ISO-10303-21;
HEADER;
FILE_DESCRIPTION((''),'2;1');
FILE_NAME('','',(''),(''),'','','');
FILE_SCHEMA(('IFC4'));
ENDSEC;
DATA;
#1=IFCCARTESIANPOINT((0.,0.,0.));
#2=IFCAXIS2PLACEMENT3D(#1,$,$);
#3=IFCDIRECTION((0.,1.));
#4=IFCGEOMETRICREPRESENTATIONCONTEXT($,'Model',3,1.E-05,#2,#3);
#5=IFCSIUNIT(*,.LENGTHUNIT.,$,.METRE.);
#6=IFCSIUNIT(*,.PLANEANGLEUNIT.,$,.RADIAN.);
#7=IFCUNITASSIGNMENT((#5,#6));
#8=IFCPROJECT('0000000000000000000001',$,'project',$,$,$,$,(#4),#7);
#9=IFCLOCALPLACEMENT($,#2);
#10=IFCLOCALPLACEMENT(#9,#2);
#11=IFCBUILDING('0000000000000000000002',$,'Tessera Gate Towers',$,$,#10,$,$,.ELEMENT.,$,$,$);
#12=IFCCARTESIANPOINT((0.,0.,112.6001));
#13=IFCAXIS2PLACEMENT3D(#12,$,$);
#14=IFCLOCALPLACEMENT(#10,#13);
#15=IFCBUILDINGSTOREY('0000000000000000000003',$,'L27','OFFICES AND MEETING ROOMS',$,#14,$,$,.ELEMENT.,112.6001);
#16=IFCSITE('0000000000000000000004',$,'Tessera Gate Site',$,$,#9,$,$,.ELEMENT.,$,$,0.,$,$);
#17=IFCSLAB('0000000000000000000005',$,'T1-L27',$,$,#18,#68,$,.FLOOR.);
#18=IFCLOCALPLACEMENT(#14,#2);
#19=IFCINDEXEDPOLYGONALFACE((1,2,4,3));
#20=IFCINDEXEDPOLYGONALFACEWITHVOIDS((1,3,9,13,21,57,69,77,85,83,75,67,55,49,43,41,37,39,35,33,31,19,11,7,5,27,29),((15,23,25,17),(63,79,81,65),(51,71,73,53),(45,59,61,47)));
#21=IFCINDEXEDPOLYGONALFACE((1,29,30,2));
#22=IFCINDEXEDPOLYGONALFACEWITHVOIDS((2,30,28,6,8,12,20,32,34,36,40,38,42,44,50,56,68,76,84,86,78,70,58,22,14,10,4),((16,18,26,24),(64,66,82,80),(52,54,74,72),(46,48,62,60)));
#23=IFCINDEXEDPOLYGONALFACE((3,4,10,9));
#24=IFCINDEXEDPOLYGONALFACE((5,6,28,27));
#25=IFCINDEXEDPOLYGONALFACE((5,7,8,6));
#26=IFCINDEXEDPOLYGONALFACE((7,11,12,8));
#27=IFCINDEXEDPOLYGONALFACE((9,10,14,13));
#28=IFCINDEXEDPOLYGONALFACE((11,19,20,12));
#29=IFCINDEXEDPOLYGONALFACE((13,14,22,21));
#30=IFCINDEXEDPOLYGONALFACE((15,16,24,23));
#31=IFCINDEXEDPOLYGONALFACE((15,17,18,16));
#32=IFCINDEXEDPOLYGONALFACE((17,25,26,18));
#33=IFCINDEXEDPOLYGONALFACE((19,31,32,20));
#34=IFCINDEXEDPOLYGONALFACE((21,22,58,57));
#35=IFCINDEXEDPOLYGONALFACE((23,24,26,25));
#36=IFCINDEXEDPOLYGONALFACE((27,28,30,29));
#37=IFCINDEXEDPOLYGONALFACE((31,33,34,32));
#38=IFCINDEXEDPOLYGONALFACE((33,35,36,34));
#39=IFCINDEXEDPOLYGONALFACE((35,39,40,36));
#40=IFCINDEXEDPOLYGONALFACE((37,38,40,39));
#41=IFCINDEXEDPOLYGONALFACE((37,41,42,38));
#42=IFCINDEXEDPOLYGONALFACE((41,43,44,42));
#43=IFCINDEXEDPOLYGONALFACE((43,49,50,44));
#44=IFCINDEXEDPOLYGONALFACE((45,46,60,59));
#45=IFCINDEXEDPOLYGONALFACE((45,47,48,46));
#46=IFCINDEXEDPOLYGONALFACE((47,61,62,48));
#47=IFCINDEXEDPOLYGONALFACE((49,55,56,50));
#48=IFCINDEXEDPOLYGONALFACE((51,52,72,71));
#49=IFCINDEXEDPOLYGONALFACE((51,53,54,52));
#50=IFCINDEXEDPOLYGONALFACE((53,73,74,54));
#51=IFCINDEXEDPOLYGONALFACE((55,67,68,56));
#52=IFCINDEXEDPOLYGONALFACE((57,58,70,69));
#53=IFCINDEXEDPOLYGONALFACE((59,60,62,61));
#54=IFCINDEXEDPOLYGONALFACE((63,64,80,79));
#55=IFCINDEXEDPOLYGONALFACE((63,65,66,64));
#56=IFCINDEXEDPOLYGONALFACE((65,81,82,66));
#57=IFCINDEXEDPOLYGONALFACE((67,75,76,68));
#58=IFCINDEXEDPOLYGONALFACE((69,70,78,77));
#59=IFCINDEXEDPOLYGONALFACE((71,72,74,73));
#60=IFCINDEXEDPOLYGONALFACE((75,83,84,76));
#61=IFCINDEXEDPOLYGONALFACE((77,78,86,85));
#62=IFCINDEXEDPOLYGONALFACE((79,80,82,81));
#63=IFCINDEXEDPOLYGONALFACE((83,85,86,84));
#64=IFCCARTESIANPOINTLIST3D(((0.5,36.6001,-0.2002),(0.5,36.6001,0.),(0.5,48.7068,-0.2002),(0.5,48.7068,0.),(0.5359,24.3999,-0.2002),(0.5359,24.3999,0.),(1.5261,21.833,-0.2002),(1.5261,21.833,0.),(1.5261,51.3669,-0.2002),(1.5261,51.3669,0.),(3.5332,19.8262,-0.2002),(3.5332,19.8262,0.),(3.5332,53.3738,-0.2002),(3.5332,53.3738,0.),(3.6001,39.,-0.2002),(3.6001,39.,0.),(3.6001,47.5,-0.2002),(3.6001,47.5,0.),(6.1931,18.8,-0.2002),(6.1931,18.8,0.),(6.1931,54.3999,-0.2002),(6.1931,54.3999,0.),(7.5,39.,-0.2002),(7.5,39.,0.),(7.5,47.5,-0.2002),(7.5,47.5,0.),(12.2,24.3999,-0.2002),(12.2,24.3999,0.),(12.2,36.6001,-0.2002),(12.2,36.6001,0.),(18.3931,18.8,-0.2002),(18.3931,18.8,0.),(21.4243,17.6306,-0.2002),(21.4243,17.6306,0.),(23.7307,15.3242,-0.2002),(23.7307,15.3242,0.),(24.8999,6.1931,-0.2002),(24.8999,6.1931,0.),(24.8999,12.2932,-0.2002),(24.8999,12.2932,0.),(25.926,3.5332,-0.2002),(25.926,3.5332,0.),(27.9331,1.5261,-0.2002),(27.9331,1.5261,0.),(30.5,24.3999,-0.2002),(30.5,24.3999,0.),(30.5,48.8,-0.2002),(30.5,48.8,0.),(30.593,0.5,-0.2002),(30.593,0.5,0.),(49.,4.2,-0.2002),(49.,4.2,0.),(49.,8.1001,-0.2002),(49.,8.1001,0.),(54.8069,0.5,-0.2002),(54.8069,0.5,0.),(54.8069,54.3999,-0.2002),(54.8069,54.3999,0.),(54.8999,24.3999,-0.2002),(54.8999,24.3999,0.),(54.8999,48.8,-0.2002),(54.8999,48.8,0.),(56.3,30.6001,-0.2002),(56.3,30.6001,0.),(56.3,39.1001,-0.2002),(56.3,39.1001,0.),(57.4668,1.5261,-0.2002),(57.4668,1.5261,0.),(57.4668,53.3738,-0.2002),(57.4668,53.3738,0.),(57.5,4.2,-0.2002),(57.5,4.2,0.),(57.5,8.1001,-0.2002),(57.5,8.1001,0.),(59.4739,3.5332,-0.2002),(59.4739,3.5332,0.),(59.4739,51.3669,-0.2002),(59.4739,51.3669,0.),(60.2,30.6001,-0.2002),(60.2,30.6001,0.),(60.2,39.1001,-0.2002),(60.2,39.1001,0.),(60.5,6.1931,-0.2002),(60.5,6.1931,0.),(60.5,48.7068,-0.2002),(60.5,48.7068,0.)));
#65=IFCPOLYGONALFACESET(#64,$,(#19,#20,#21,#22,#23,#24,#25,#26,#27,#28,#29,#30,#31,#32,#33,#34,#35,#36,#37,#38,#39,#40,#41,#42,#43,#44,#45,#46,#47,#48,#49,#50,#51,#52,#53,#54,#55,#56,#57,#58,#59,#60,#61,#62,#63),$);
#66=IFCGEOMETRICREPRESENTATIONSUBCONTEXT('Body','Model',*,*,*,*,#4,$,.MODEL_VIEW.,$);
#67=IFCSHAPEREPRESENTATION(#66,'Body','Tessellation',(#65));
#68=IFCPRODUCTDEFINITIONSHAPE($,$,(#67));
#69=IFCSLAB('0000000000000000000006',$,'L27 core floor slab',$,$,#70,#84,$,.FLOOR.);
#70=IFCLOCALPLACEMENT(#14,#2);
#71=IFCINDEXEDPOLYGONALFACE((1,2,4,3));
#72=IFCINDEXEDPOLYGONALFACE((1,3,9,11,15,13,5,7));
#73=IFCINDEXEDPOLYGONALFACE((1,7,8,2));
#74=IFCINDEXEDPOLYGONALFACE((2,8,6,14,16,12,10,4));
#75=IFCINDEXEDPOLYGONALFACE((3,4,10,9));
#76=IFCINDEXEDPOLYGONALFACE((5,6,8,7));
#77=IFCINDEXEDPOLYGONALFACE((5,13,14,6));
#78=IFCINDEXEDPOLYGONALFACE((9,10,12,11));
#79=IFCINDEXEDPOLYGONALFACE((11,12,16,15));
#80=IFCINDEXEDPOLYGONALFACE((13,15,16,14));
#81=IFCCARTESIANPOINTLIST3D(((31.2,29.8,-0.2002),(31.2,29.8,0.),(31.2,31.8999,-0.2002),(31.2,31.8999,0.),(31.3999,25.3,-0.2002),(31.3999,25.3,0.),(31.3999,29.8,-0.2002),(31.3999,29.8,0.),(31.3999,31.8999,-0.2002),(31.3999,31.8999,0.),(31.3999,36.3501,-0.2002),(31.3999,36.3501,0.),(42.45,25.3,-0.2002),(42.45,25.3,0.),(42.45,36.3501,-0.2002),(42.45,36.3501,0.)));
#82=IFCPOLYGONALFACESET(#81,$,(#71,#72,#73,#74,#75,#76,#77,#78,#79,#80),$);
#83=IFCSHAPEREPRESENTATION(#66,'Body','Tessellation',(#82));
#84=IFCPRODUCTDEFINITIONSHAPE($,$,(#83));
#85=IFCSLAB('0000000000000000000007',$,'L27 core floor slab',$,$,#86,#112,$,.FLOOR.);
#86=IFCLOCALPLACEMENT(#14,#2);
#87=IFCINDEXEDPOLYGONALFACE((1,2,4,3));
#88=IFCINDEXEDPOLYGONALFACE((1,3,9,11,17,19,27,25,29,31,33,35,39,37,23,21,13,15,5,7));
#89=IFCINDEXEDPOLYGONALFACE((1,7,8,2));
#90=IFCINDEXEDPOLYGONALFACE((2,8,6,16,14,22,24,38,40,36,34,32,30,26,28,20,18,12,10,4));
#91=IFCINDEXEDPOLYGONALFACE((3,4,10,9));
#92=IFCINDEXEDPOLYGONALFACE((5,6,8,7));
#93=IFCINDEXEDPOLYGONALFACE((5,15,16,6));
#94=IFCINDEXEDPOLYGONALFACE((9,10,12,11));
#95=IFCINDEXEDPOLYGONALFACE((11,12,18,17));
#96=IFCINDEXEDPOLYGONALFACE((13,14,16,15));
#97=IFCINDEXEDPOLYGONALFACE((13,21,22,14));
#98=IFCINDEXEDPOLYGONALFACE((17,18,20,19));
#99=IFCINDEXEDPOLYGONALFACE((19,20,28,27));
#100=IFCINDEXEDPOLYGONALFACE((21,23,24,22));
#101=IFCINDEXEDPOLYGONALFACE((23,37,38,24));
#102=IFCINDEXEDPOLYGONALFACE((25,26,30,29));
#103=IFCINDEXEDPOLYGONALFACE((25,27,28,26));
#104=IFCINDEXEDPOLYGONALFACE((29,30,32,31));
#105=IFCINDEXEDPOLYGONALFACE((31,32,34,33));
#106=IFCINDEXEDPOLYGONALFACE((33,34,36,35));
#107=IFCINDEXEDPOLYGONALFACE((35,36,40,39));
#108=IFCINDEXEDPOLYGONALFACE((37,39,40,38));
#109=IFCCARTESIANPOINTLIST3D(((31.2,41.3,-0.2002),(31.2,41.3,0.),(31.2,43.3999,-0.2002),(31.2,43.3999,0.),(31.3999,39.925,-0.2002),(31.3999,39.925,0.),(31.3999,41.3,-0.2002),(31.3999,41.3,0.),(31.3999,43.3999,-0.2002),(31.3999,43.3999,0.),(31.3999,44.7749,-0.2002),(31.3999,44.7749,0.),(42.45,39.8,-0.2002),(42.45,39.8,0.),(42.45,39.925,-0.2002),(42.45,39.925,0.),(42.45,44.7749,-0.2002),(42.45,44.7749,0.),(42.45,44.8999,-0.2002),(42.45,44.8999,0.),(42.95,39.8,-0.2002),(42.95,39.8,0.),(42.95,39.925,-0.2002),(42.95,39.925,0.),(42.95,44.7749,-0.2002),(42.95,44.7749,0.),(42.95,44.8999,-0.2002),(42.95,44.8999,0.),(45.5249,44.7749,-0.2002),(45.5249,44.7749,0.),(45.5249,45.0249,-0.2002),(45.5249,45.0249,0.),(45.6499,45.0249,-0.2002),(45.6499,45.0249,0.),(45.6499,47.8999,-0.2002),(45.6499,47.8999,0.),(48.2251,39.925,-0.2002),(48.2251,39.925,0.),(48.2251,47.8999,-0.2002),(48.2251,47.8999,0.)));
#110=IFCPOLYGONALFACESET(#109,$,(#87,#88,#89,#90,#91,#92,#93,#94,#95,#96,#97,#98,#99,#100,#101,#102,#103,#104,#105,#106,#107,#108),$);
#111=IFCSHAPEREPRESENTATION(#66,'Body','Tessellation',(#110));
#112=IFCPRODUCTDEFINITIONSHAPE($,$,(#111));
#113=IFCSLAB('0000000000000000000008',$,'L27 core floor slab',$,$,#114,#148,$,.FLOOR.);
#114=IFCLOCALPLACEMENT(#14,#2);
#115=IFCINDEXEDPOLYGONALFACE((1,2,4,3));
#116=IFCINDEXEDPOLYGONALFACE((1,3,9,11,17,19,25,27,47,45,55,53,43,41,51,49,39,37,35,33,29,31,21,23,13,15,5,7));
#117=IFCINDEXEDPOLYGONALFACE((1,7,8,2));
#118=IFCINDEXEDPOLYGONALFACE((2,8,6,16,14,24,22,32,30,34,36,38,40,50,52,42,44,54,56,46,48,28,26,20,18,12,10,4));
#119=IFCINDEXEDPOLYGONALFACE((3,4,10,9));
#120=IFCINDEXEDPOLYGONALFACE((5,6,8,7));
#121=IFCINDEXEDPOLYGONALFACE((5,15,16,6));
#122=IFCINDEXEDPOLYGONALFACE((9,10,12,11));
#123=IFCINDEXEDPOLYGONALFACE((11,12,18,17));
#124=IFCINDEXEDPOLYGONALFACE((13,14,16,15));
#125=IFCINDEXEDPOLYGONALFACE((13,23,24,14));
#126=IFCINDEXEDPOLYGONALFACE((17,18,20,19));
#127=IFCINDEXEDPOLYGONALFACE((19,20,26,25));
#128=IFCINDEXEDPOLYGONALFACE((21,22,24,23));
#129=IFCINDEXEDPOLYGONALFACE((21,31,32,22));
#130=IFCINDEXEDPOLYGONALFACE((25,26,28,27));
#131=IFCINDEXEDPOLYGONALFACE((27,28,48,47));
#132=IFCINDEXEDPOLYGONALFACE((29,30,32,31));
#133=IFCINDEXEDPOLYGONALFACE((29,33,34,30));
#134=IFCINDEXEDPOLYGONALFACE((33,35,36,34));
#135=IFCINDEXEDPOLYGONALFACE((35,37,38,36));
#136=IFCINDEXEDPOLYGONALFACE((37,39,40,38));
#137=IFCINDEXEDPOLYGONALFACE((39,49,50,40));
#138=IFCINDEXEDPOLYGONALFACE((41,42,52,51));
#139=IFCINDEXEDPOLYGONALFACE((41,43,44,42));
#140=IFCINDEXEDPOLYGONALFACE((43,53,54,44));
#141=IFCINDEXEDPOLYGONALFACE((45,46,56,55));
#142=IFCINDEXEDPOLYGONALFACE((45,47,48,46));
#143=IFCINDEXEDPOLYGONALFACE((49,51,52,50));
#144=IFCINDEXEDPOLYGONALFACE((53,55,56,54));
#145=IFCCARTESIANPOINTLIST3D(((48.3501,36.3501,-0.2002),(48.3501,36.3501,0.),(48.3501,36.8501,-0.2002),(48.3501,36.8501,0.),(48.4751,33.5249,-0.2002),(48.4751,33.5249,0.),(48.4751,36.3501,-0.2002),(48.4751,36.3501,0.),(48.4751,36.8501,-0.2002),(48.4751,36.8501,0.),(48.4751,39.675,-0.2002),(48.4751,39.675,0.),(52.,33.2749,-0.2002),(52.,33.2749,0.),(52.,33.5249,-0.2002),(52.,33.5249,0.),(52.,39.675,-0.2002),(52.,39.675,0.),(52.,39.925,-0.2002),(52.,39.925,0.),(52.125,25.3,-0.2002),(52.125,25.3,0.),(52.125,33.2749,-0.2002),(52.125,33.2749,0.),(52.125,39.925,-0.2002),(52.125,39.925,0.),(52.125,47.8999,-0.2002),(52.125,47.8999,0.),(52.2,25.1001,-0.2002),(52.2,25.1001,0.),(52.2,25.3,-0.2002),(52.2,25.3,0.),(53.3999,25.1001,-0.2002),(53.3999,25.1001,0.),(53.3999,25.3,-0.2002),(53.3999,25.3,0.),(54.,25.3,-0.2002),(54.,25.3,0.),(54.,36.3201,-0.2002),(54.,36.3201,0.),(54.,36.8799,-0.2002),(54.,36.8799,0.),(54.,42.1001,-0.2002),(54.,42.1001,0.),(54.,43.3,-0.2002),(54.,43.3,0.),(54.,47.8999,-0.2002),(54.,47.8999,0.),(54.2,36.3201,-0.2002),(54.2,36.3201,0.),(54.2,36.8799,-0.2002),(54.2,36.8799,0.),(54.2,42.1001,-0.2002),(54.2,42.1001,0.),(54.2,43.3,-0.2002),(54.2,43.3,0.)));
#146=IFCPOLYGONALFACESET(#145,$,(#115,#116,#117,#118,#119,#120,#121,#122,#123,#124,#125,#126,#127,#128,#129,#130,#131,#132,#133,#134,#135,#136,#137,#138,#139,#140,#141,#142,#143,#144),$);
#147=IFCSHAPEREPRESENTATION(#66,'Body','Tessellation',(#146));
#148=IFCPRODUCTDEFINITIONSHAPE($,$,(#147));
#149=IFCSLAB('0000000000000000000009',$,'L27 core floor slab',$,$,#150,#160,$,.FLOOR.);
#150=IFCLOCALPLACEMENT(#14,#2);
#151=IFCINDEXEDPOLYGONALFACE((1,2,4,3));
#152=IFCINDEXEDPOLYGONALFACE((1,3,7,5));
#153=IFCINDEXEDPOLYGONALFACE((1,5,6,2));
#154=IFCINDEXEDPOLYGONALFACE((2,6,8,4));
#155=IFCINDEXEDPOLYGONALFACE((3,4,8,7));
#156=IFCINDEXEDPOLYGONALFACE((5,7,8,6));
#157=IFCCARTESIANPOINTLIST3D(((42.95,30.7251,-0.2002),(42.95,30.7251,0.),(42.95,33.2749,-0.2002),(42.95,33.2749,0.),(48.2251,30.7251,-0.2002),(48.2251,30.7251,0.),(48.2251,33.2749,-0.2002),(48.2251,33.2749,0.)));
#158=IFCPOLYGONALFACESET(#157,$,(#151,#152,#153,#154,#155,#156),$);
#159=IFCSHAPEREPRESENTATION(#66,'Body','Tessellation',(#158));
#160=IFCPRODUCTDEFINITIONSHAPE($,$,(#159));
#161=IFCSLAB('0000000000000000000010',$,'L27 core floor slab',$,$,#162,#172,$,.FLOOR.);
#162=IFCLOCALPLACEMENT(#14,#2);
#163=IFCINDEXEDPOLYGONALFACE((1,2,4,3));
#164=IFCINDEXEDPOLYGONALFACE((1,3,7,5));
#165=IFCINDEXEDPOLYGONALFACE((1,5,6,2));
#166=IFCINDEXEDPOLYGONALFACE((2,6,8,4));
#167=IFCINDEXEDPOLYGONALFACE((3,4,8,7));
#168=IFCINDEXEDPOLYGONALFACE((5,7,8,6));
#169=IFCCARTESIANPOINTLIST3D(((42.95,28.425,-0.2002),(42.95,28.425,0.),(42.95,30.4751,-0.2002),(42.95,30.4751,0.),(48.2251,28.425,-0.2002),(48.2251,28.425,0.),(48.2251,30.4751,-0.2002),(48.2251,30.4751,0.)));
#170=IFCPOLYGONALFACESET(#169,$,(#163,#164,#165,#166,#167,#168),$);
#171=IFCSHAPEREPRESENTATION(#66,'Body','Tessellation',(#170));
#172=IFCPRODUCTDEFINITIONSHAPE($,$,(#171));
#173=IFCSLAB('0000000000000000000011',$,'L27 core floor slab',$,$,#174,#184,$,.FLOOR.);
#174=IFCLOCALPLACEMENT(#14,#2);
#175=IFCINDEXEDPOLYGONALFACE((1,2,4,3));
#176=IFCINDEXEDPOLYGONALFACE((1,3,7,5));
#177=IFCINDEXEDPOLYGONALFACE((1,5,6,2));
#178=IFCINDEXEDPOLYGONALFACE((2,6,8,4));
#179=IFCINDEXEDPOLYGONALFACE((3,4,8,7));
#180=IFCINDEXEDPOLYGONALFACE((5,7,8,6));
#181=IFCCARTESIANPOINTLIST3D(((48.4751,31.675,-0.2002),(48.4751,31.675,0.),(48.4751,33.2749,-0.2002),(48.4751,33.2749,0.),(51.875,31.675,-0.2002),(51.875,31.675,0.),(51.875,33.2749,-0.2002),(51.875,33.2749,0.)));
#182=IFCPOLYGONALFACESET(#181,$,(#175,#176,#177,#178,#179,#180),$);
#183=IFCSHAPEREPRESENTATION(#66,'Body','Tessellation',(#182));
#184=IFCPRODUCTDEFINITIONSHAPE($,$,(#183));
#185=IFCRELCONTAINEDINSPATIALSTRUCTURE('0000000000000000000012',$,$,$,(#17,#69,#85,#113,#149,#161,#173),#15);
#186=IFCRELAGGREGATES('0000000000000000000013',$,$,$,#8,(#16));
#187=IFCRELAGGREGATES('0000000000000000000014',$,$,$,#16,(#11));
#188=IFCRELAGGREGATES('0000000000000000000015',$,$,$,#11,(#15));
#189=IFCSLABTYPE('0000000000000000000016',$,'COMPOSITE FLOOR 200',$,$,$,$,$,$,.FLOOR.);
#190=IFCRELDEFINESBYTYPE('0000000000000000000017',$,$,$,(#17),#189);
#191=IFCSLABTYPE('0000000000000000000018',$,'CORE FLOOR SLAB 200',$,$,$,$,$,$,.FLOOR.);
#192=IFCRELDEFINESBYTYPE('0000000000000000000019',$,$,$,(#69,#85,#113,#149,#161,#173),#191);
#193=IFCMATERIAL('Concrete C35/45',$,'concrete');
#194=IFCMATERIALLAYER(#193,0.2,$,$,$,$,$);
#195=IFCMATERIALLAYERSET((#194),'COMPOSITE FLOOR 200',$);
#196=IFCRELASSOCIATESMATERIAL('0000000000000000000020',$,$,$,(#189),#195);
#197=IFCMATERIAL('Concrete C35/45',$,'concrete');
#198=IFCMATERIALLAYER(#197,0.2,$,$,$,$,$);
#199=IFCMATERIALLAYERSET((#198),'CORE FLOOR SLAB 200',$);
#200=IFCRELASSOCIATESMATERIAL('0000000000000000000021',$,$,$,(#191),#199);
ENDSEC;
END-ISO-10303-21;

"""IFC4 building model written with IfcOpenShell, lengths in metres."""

from ifc_helpers import new_model, si_unit, direction, frame, origin, place, context, subcontext, project, spatial, polyline, outline, extrude, material, layer, layer_set, type_object, element, save


model = new_model("IFC4")

# Units and contexts
model_context = context("Model", 3, precision=1e-05, world=origin(), true_north=direction((0.0, 1.0)))
body_context = subcontext(model_context, "Body", "Model", "MODEL_VIEW")
ifc_project = project(units=[si_unit("LENGTHUNIT", "METRE"), si_unit("PLANEANGLEUNIT", "RADIAN")], contexts=[model_context])

# Site, building, storey
site_placement = place(None, origin())
site = spatial("IfcSite", under=ifc_project, at=site_placement, Name="Tessera Gate Site", CompositionType="ELEMENT", RefElevation=0.0)
building_placement = place(site_placement, origin())
building = spatial("IfcBuilding", under=site, at=building_placement, Name="Tessera Gate Towers", CompositionType="ELEMENT")
storey_placement = place(building_placement, frame((0.0, 0.0, 112.6001)))
storey = spatial("IfcBuildingStorey", under=building, at=storey_placement, Name="L27", Description="OFFICES AND MEETING ROOMS", CompositionType="ELEMENT", Elevation=112.6001)

# Slabs
ifc_material_1 = material(Name="Concrete C35/45", Category="concrete")
ifc_layer_1 = layer(ifc_material_1, 0.2)
ifc_layer_set_1 = layer_set([ifc_layer_1], Name="COMPOSITE FLOOR 200")
slab_type_1 = type_object("IfcSlabType", Name="COMPOSITE FLOOR 200", PredefinedType="FLOOR", material=ifc_layer_set_1)
slab_1_placement = place(storey_placement, frame((0.0, 0.0, -0.2002)))
element("IfcSlab", 1, at=slab_1_placement, inside=storey, type_object=slab_type_1, Name="T1-L27", PredefinedType="FLOOR", context=body_context, shape_type="SweptSolid", body=[
    extrude(outline(polyline([(0.5, 36.6001), (12.2, 36.6001), (12.2, 24.3999), (0.5359, 24.3999), (1.5261, 21.833), (3.5332, 19.8262), (6.1931, 18.8), (18.3931, 18.8), (21.4243, 17.6306), (23.7307, 15.3242), (24.8999, 12.2932), (24.8999, 6.1931), (25.926, 3.5332), (27.9331, 1.5261), (30.593, 0.5), (54.8069, 0.5), (57.4668, 1.5261), (59.4739, 3.5332), (60.5, 6.1931), (60.5, 48.7068), (59.4739, 51.3669), (57.4668, 53.3738), (54.8069, 54.3999), (6.1931, 54.3999), (3.5332, 53.3738), (1.5261, 51.3669), (0.5, 48.7068), (0.5, 36.6001)]), holes=[polyline([(3.6001, 39.0), (3.6001, 47.5), (7.5, 47.5), (7.5, 39.0), (3.6001, 39.0)]), polyline([(30.5, 24.3999), (30.5, 48.8), (54.8999, 48.8), (54.8999, 24.3999), (30.5, 24.3999)]), polyline([(49.0, 4.2), (49.0, 8.1001), (57.5, 8.1001), (57.5, 4.2), (49.0, 4.2)]), polyline([(56.3, 30.6001), (56.3, 39.1001), (60.2, 39.1001), (60.2, 30.6001), (56.3, 30.6001)])]), origin(), (0.0, 0.0, 1.0), 0.2002),
])
ifc_material_2 = material(Name="Concrete C35/45", Category="concrete")
ifc_layer_2 = layer(ifc_material_2, 0.2)
ifc_layer_set_2 = layer_set([ifc_layer_2], Name="CORE FLOOR SLAB 200")
slab_type_2 = type_object("IfcSlabType", Name="CORE FLOOR SLAB 200", PredefinedType="FLOOR", material=ifc_layer_set_2)
slab_2_placement = place(storey_placement, frame((0.0, 0.0, -0.2002)))
element("IfcSlab", 2, at=slab_2_placement, inside=storey, type_object=slab_type_2, Name="L27 core floor slab", PredefinedType="FLOOR", context=body_context, shape_type="SweptSolid", body=[
    extrude(outline(polyline([(31.3999, 36.3501), (31.3999, 31.8999), (31.2, 31.8999), (31.2, 29.8), (31.3999, 29.8), (31.3999, 25.3), (42.45, 25.3), (42.45, 36.3501), (31.3999, 36.3501)])), origin(), (0.0, 0.0, 1.0), 0.2002),
])
slab_3_placement = place(storey_placement, frame((0.0, 0.0, -0.2002)))
element("IfcSlab", 3, at=slab_3_placement, inside=storey, type_object=slab_type_2, Name="L27 core floor slab", PredefinedType="FLOOR", context=body_context, shape_type="SweptSolid", body=[
    extrude(outline(polyline([(42.45, 44.8999), (42.45, 44.7749), (31.3999, 44.7749), (31.3999, 43.3999), (31.2, 43.3999), (31.2, 41.3), (31.3999, 41.3), (31.3999, 39.925), (42.45, 39.925), (42.45, 39.8), (42.95, 39.8), (42.95, 39.925), (48.2251, 39.925), (48.2251, 47.8999), (45.6499, 47.8999), (45.6499, 45.0249), (45.5249, 45.0249), (45.5249, 44.7749), (42.95, 44.7749), (42.95, 44.8999), (42.45, 44.8999)])), origin(), (0.0, 0.0, 1.0), 0.2002),
])
slab_4_placement = place(storey_placement, frame((0.0, 0.0, -0.2002)))
element("IfcSlab", 4, at=slab_4_placement, inside=storey, type_object=slab_type_2, Name="L27 core floor slab", PredefinedType="FLOOR", context=body_context, shape_type="SweptSolid", body=[
    extrude(outline(polyline([(48.3501, 36.8501), (48.3501, 36.3501), (48.4751, 36.3501), (48.4751, 33.5249), (52.0, 33.5249), (52.0, 33.2749), (52.125, 33.2749), (52.125, 25.3), (52.2, 25.3), (52.2, 25.1001), (53.3999, 25.1001), (53.3999, 25.3), (54.0, 25.3), (54.0, 36.3201), (54.2, 36.3201), (54.2, 36.8799), (54.0, 36.8799), (54.0, 42.1001), (54.2, 42.1001), (54.2, 43.3), (54.0, 43.3), (54.0, 47.8999), (52.125, 47.8999), (52.125, 39.925), (52.0, 39.925), (52.0, 39.675), (48.4751, 39.675), (48.4751, 36.8501), (48.3501, 36.8501)])), origin(), (0.0, 0.0, 1.0), 0.2002),
])
slab_5_placement = place(storey_placement, frame((0.0, 0.0, -0.2002)))
element("IfcSlab", 5, at=slab_5_placement, inside=storey, type_object=slab_type_2, Name="L27 core floor slab", PredefinedType="FLOOR", context=body_context, shape_type="SweptSolid", body=[
    extrude(outline(polyline([(42.95, 33.2749), (42.95, 30.7251), (48.2251, 30.7251), (48.2251, 33.2749), (42.95, 33.2749)])), origin(), (0.0, 0.0, 1.0), 0.2002),
])
slab_6_placement = place(storey_placement, frame((0.0, 0.0, -0.2002)))
element("IfcSlab", 6, at=slab_6_placement, inside=storey, type_object=slab_type_2, Name="L27 core floor slab", PredefinedType="FLOOR", context=body_context, shape_type="SweptSolid", body=[
    extrude(outline(polyline([(48.2251, 30.4751), (42.95, 30.4751), (42.95, 28.425), (48.2251, 28.425), (48.2251, 30.4751)])), origin(), (0.0, 0.0, 1.0), 0.2002),
])
slab_7_placement = place(storey_placement, frame((0.0, 0.0, -0.2002)))
element("IfcSlab", 7, at=slab_7_placement, inside=storey, type_object=slab_type_2, Name="L27 core floor slab", PredefinedType="FLOOR", context=body_context, shape_type="SweptSolid", body=[
    extrude(outline(polyline([(51.875, 31.675), (51.875, 33.2749), (48.4751, 33.2749), (48.4751, 31.675), (51.875, 31.675)])), origin(), (0.0, 0.0, 1.0), 0.2002),
])

save(model, "model.ifc")
